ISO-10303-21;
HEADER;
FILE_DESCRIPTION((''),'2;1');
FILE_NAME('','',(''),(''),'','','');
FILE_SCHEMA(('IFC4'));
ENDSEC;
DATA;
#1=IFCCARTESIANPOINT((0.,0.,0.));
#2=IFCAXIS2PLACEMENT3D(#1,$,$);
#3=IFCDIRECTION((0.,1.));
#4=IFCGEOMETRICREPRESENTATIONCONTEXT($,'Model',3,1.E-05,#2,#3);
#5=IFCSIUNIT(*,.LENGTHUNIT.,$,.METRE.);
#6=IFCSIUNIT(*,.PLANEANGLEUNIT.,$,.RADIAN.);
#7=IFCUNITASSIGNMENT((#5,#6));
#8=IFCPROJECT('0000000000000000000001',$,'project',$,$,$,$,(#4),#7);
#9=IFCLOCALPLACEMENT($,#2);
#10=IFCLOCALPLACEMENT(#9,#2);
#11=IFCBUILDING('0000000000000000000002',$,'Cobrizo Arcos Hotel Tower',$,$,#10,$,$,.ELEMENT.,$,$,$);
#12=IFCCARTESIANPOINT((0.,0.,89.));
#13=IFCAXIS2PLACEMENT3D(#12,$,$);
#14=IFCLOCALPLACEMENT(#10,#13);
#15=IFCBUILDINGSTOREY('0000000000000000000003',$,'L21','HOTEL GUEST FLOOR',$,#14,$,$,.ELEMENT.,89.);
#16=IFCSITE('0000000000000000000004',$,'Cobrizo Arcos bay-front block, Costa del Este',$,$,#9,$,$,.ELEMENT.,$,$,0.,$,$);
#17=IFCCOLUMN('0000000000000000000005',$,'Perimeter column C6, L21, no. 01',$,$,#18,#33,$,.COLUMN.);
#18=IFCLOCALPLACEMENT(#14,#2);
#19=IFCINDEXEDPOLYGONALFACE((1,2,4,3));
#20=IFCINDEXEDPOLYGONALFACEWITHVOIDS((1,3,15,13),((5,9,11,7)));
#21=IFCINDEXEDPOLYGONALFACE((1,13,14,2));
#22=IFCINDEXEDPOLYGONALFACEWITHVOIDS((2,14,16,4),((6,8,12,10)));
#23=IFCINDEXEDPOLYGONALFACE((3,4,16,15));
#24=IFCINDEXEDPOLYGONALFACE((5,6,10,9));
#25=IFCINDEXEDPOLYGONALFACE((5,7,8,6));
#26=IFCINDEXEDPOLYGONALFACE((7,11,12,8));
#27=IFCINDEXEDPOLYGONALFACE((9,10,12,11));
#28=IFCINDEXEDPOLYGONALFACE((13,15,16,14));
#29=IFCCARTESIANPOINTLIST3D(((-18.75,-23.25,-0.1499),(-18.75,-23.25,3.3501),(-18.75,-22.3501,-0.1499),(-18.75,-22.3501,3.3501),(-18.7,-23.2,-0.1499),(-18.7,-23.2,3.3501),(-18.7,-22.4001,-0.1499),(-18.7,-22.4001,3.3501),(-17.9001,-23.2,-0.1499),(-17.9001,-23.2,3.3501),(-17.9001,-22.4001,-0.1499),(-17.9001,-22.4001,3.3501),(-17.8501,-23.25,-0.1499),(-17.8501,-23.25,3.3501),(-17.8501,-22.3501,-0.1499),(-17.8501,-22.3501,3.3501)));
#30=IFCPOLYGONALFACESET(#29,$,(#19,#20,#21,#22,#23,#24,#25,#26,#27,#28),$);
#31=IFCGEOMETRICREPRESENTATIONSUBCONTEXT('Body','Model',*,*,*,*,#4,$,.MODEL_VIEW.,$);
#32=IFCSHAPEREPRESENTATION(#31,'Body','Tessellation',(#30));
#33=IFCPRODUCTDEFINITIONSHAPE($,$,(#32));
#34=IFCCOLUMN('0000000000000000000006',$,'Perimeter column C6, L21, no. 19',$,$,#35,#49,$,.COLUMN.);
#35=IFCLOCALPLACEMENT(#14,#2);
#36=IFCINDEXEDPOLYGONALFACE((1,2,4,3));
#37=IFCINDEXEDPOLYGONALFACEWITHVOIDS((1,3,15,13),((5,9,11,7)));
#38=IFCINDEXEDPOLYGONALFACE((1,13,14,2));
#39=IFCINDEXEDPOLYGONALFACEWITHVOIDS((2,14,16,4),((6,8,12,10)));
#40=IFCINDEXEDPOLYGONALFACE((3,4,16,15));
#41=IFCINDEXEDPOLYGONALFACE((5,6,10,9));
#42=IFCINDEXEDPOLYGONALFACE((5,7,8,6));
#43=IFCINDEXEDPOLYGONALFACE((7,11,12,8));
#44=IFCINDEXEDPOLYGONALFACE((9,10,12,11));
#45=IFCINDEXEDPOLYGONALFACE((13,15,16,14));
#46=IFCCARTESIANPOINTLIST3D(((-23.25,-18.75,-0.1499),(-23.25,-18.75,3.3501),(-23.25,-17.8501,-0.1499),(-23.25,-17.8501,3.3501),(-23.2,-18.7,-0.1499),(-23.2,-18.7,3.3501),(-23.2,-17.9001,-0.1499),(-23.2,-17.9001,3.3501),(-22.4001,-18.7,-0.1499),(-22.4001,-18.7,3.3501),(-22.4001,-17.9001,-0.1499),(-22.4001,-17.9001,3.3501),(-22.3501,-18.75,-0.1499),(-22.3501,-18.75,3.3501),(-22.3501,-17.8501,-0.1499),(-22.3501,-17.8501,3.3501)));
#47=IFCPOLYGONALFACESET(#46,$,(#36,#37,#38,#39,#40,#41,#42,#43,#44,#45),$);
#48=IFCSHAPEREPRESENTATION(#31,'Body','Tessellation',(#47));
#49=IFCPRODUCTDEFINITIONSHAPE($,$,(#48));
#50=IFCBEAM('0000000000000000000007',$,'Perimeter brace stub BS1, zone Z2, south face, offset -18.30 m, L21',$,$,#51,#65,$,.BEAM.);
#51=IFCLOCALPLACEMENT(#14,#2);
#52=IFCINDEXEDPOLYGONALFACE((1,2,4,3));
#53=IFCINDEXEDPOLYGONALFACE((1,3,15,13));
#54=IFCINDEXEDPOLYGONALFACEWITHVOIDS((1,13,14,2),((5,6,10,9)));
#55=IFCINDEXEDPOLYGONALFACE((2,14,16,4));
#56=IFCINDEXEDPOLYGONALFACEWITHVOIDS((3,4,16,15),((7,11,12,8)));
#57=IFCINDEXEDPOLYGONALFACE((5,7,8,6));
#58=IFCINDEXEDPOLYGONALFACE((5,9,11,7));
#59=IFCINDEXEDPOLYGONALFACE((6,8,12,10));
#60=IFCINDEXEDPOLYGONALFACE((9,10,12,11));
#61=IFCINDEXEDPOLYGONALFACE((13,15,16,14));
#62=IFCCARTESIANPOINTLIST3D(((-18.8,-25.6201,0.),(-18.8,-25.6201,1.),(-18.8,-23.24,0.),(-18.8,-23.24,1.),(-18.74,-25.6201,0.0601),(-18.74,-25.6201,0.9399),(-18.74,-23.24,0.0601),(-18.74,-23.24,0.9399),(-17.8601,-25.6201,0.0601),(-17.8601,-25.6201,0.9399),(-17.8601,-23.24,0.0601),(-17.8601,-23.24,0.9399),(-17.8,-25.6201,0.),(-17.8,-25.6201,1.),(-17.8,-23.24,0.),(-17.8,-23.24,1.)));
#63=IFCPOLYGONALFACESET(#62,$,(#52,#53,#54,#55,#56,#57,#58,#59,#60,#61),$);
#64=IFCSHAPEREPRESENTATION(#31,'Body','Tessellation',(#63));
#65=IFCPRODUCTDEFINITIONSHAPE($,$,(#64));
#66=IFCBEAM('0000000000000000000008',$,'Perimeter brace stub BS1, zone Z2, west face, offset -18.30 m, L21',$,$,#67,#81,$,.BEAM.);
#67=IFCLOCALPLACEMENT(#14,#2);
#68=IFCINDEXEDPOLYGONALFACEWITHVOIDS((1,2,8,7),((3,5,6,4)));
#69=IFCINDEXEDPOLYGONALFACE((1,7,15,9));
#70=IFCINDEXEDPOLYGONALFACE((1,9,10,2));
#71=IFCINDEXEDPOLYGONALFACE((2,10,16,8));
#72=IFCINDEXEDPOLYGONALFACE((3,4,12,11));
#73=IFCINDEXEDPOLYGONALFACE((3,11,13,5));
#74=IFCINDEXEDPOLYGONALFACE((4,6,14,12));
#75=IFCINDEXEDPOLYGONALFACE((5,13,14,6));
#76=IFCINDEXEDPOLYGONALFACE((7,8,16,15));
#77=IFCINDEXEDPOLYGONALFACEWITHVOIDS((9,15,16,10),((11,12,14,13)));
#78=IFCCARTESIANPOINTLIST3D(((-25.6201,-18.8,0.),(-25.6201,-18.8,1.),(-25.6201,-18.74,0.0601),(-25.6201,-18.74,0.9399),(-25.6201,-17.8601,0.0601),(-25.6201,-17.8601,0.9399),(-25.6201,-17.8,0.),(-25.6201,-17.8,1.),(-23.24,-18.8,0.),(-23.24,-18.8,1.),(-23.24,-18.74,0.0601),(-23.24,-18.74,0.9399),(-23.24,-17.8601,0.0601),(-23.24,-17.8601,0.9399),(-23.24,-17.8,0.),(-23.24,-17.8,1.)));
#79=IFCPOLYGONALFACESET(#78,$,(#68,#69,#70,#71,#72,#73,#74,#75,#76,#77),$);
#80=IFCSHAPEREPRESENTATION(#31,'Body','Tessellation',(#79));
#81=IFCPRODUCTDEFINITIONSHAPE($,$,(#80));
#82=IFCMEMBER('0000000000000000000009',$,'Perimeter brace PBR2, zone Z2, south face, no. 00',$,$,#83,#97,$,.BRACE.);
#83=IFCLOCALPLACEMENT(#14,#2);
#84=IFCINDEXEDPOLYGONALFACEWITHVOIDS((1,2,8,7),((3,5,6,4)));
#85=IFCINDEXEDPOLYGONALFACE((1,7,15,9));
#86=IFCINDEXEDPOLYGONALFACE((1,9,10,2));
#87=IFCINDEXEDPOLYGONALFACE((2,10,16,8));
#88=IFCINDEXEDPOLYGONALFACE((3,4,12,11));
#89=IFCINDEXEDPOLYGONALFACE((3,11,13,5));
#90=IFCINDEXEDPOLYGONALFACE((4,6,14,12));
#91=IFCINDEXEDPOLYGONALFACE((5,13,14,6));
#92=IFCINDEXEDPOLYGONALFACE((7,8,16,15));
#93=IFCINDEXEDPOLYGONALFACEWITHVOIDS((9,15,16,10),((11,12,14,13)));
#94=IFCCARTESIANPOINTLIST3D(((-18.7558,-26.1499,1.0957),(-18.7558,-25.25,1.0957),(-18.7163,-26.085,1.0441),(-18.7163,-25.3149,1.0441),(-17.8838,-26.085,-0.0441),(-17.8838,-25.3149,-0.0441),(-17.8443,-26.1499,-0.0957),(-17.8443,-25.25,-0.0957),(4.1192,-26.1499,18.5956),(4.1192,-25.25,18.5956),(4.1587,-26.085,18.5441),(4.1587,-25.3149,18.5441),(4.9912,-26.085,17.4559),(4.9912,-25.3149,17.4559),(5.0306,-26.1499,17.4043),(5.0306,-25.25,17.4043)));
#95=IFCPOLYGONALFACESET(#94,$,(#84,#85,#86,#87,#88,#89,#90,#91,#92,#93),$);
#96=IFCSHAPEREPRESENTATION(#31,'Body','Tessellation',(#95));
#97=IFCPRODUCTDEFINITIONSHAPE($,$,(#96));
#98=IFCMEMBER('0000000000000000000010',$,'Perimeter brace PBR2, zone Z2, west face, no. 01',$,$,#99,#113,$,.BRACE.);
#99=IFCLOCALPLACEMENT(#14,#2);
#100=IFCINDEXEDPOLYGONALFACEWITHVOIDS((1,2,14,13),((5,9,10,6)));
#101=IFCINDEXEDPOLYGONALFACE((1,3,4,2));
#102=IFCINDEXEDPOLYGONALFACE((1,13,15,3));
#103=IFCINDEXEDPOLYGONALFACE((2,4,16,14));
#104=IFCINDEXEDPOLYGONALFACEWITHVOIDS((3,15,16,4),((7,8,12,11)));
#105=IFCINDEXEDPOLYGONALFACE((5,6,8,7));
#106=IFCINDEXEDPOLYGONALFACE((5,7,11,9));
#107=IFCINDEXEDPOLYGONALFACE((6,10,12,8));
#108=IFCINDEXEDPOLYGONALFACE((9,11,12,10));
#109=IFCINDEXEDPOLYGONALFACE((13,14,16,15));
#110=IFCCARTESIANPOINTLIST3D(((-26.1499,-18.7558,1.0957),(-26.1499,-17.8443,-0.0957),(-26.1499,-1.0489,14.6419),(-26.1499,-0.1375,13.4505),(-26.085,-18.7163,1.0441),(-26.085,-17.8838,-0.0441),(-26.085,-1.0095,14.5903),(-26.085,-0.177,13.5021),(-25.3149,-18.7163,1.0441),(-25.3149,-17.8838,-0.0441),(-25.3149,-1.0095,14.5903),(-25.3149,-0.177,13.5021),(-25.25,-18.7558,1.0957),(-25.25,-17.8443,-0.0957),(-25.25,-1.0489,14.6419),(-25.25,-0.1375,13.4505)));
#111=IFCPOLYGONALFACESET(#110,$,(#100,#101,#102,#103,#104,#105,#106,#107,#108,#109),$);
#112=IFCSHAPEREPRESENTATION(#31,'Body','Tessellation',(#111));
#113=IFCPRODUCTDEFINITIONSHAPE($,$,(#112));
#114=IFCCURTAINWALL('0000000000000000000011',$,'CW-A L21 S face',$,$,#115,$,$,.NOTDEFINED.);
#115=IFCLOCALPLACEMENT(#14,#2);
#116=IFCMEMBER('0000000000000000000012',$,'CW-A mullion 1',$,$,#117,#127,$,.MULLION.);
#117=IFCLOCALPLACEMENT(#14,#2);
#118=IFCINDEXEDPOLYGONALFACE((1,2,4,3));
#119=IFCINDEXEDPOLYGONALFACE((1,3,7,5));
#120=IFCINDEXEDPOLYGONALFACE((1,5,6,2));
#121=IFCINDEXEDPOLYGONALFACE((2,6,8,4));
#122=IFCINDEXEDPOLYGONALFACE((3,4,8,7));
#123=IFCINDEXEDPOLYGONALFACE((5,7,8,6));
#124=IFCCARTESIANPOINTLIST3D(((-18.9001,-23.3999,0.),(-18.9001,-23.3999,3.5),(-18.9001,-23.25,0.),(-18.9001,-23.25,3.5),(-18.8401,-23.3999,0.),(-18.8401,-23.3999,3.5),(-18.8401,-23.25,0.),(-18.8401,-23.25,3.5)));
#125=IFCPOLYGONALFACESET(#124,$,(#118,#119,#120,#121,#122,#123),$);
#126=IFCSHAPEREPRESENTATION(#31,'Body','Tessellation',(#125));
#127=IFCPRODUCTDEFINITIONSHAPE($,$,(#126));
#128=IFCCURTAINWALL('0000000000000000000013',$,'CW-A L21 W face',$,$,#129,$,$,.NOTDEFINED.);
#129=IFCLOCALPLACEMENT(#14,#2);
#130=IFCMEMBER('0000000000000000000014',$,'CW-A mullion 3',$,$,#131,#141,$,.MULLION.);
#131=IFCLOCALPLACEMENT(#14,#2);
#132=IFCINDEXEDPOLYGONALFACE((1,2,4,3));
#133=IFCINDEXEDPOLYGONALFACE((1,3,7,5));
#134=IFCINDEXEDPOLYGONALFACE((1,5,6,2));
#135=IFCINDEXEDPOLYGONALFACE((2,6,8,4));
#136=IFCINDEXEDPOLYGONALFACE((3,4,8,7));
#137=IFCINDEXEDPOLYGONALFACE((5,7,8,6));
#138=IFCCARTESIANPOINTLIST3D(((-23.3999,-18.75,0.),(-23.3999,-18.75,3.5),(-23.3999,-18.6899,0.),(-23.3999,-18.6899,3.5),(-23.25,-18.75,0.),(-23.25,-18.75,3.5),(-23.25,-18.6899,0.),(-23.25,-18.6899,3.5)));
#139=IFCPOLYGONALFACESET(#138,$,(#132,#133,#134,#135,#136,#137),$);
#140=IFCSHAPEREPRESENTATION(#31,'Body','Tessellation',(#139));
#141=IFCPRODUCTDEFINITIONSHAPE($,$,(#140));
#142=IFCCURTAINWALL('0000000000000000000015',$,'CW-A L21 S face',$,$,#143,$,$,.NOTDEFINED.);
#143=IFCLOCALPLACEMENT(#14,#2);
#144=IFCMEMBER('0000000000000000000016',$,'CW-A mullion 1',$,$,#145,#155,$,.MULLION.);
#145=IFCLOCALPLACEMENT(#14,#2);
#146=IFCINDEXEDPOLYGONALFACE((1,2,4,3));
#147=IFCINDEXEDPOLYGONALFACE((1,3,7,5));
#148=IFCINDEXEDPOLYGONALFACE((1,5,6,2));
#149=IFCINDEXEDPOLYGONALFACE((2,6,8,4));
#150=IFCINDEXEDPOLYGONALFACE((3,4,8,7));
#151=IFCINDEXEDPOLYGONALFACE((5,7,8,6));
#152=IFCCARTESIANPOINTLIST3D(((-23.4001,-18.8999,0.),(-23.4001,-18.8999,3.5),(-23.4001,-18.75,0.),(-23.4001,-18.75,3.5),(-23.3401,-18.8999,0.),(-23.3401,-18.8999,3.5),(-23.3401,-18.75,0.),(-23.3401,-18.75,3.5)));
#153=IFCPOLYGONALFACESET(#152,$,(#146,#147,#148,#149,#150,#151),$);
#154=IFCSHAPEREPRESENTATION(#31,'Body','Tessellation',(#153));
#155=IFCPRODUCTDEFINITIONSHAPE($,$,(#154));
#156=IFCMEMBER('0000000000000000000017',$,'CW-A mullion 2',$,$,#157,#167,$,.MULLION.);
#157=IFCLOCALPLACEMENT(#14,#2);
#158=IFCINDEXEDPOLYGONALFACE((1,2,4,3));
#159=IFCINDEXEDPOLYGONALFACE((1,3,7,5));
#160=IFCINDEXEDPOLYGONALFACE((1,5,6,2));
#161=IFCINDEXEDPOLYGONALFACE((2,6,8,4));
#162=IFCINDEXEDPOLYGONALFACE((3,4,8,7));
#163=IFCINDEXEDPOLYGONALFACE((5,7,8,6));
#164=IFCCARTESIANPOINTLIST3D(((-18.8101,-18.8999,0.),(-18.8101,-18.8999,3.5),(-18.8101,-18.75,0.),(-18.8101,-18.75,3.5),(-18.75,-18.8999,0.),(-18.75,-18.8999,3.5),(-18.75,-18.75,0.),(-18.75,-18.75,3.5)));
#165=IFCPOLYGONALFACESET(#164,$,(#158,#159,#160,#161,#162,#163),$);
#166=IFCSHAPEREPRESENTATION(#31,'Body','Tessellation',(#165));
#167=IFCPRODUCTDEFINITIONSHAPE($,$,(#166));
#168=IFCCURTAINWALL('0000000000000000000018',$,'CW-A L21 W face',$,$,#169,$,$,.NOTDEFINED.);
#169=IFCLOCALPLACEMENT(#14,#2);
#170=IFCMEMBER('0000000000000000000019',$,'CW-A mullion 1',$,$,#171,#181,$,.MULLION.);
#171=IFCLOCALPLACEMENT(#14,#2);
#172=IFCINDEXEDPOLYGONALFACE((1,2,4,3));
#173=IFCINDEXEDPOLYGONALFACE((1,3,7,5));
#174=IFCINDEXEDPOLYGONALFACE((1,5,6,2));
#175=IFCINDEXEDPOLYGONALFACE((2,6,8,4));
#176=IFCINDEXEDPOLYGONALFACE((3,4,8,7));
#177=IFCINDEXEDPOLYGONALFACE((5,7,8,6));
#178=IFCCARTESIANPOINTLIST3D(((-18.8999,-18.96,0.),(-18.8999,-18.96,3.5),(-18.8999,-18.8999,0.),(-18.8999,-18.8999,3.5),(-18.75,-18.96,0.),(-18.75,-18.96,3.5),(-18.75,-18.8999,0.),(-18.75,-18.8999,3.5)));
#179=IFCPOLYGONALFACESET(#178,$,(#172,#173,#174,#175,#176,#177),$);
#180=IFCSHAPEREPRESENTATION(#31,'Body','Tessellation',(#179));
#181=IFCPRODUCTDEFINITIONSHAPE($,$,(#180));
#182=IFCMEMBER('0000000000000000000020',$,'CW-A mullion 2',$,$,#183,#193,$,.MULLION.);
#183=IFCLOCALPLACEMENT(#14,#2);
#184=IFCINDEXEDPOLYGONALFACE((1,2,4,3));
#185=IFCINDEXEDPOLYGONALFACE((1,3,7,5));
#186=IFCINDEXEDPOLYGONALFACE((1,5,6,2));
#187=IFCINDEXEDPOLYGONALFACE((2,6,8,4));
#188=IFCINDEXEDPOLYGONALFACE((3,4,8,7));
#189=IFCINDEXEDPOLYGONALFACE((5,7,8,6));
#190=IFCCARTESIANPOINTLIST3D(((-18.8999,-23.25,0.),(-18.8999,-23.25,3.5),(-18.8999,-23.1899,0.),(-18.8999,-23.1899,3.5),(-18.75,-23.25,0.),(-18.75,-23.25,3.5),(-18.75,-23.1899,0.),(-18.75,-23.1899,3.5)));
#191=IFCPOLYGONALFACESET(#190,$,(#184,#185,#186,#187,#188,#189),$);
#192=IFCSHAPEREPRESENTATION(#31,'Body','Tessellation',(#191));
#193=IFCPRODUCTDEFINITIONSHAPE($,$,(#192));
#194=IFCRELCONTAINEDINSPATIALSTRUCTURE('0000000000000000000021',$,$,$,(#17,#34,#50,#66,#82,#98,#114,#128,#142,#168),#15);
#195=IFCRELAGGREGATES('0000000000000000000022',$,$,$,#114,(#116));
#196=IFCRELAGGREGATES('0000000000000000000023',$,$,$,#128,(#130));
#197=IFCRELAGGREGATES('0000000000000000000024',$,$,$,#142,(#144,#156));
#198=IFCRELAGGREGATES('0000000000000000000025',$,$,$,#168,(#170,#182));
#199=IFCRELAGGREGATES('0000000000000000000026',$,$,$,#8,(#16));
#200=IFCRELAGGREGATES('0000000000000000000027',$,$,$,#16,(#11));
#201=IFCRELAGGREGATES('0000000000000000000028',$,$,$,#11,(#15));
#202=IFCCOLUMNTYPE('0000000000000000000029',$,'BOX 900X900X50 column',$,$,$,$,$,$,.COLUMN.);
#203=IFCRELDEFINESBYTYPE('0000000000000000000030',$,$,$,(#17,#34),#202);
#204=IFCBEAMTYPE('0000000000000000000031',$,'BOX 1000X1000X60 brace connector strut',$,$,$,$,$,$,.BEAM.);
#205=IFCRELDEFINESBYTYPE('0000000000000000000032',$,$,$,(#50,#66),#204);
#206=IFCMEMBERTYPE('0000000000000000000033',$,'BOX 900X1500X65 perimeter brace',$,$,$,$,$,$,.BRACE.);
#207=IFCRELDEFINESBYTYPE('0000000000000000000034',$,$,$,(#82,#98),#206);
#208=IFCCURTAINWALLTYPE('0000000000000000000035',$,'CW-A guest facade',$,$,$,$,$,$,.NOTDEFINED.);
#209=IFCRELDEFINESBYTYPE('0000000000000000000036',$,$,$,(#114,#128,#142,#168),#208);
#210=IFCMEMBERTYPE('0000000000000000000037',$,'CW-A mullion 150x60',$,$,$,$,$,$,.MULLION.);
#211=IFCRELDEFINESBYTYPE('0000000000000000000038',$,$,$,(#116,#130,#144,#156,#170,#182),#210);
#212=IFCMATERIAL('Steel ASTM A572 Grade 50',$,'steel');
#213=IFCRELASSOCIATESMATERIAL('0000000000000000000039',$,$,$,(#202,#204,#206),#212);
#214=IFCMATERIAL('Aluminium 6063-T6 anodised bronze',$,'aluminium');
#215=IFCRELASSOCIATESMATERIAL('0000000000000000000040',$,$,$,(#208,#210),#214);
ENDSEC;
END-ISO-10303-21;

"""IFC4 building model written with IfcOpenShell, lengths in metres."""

from ifc_helpers import new_model, si_unit, direction, frame, origin, origin_2d, place, context, subcontext, project, spatial, rectangle, hollow_rectangle, extrude, material, material_profile, profile_set, type_object, element, aggregate, save


model = new_model("IFC4")

# Units and contexts
model_context = context("Model", 3, precision=1e-05, world=origin(), true_north=direction((0.0, 1.0)))
body_context = subcontext(model_context, "Body", "Model", "MODEL_VIEW")
ifc_project = project(units=[si_unit("LENGTHUNIT", "METRE"), si_unit("PLANEANGLEUNIT", "RADIAN")], contexts=[model_context])

# Site, building, storey
site_placement = place(None, origin())
site = spatial("IfcSite", under=ifc_project, at=site_placement, Name="Cobrizo Arcos bay-front block, Costa del Este", CompositionType="ELEMENT", RefElevation=0.0)
building_placement = place(site_placement, origin())
building = spatial("IfcBuilding", under=site, at=building_placement, Name="Cobrizo Arcos Hotel Tower", CompositionType="ELEMENT")
storey_placement = place(building_placement, frame((0.0, 0.0, 89.0)))
storey = spatial("IfcBuildingStorey", under=building, at=storey_placement, Name="L21", Description="HOTEL GUEST FLOOR", CompositionType="ELEMENT", Elevation=89.0)

# Columns
ifc_material_1 = material(Name="Steel ASTM A572 Grade 50", Category="steel")
ifc_material_profile_1 = material_profile(ifc_material_1, hollow_rectangle(XDim=0.8999, YDim=0.8999, WallThickness=0.05, at=origin_2d()), Name="BOX 900X900X50")
ifc_profile_set_1 = profile_set([ifc_material_profile_1], Name="Steel ASTM A572 Grade 50")
column_type = type_object("IfcColumnType", Name="BOX 900X900X50 column", PredefinedType="COLUMN", material=ifc_profile_set_1)
for number, where, z_axis, x_axis, name in (
    (1, (-18.3, -22.8, -0.1499), (0.0, 0.0, 1.0), (1.0, 0.0, 0.0), "Perimeter column C6, L21, no. 01"),
    (2, (-22.8, -18.3, -0.1499), (0.0, 0.0, 1.0), (1.0, 0.0, 0.0), "Perimeter column C6, L21, no. 19"),
):
    element("IfcColumn", number, at=place(storey_placement, frame(where, z_axis=z_axis, x_axis=x_axis)), inside=storey, type_object=column_type, Name=name, PredefinedType="COLUMN", context=body_context, shape_type="SweptSolid", body=[
        extrude(hollow_rectangle(XDim=0.8999, YDim=0.8999, WallThickness=0.05, at=origin_2d()), origin(), (0.0, 0.0, 1.0), 3.5),
    ])

# Beams
ifc_material_profile_2 = material_profile(ifc_material_1, hollow_rectangle(XDim=1.0, YDim=1.0, WallThickness=0.0601, at=origin_2d()), Name="BOX 1000X1000X60")
ifc_profile_set_2 = profile_set([ifc_material_profile_2], Name="Steel ASTM A572 Grade 50")
beam_type_1 = type_object("IfcBeamType", Name="BOX 1000X1000X60 brace connector strut", PredefinedType="BEAM", material=ifc_profile_set_2)
for number, where, z_axis, x_axis, name in (
    (3, (-18.3, -23.24, 0.5), (0.0, -1.0, 0.0), (1.0, 0.0, 0.0), "Perimeter brace stub BS1, zone Z2, south face, offset -18.30 m, L21"),
    (4, (-23.24, -18.3, 0.5), (-1.0, 0.0, 0.0), (0.0, -1.0, 0.0), "Perimeter brace stub BS1, zone Z2, west face, offset -18.30 m, L21"),
):
    element("IfcBeam", number, at=place(storey_placement, frame(where, z_axis=z_axis, x_axis=x_axis)), inside=storey, type_object=beam_type_1, Name=name, PredefinedType="BEAM", context=body_context, shape_type="SweptSolid", body=[
        extrude(hollow_rectangle(XDim=1.0, YDim=1.0, WallThickness=0.0601, at=origin_2d()), origin(), (0.0, 0.0, 1.0), 2.3801),
    ])

# Members
ifc_material_profile_3 = material_profile(ifc_material_1, hollow_rectangle(XDim=0.8999, YDim=1.5, WallThickness=0.0649, at=origin_2d()), Name="BOX 900X1500X65")
ifc_profile_set_3 = profile_set([ifc_material_profile_3], Name="Steel ASTM A572 Grade 50")
member_type_1 = type_object("IfcMemberType", Name="BOX 900X1500X65 perimeter brace", PredefinedType="BRACE", material=ifc_profile_set_3)
member_1_placement = place(storey_placement, frame((-18.3, -25.7, 0.5), z_axis=(0.794235, 0.0, 0.607611), x_axis=(0.0, 1.0, 0.0)))
element("IfcMember", 5, at=member_1_placement, inside=storey, type_object=member_type_1, Name="Perimeter brace PBR2, zone Z2, south face, no. 00", PredefinedType="BRACE", context=body_context, shape_type="SweptSolid", body=[
    extrude(hollow_rectangle(XDim=0.8999, YDim=1.5, WallThickness=0.0649, at=origin_2d()), origin(), (0.0, 0.0, 1.0), 28.8013),
])
member_2_placement = place(storey_placement, frame((-25.7, -18.3, 0.5), z_axis=(0.0, 0.794235, 0.60761), x_axis=(-1.0, 0.0, 0.0)))
element("IfcMember", 6, at=member_2_placement, inside=storey, type_object=member_type_1, Name="Perimeter brace PBR2, zone Z2, west face, no. 01", PredefinedType="BRACE", context=body_context, shape_type="SweptSolid", body=[
    extrude(hollow_rectangle(XDim=0.8999, YDim=1.5, WallThickness=0.0649, at=origin_2d()), origin(), (0.0, 0.0, 1.0), 22.2942),
])

# Curtain walls, members
ifc_material_2 = material(Name="Aluminium 6063-T6 anodised bronze", Category="aluminium")
curtain_wall_type = type_object("IfcCurtainWallType", Name="CW-A guest facade", PredefinedType="NOTDEFINED", material=ifc_material_2)
curtain_wall_1_placement = place(storey_placement, origin())
curtain_wall_1 = element("IfcCurtainWall", 7, at=curtain_wall_1_placement, inside=storey, type_object=curtain_wall_type, Name="CW-A L21 S face", PredefinedType="NOTDEFINED")
ifc_material_profile_4 = material_profile(ifc_material_2, rectangle(XDim=0.1499, YDim=0.0601, at=origin_2d()), Name="CW-A mullion 150x60")
ifc_profile_set_4 = profile_set([ifc_material_profile_4], Name="Aluminium 6063-T6 anodised bronze")
member_type_2 = type_object("IfcMemberType", Name="CW-A mullion 150x60", PredefinedType="MULLION", material=ifc_profile_set_4)
member_3_placement = place(storey_placement, frame((-18.8701, -23.325, 0.0), z_axis=(0.0, 0.0, 1.0), x_axis=(0.0, -1.0, 0.0)))
member_3 = element("IfcMember", 8, at=member_3_placement, type_object=member_type_2, Name="CW-A mullion 1", PredefinedType="MULLION", context=body_context, shape_type="SweptSolid", body=[
    extrude(rectangle(XDim=0.1499, YDim=0.0601, at=origin_2d()), origin(), (0.0, 0.0, 1.0), 3.5),
])
aggregate(curtain_wall_1, [member_3])
curtain_wall_2_placement = place(storey_placement, origin())
curtain_wall_2 = element("IfcCurtainWall", 9, at=curtain_wall_2_placement, inside=storey, type_object=curtain_wall_type, Name="CW-A L21 W face", PredefinedType="NOTDEFINED")
member_4_placement = place(storey_placement, frame((-23.325, -18.72, 0.0), z_axis=(0.0, 0.0, 1.0), x_axis=(-1.0, 0.0, 0.0)))
member_4 = element("IfcMember", 10, at=member_4_placement, type_object=member_type_2, Name="CW-A mullion 3", PredefinedType="MULLION", context=body_context, shape_type="SweptSolid", body=[
    extrude(rectangle(XDim=0.1499, YDim=0.0601, at=origin_2d()), origin(), (0.0, 0.0, 1.0), 3.5),
])
aggregate(curtain_wall_2, [member_4])

# Curtain walls, members
curtain_wall_3_placement = place(storey_placement, origin())
curtain_wall_3 = element("IfcCurtainWall", 11, at=curtain_wall_3_placement, inside=storey, type_object=curtain_wall_type, Name="CW-A L21 S face", PredefinedType="NOTDEFINED")
member_5_placement = place(storey_placement, frame((-23.3701, -18.825, 0.0), z_axis=(0.0, 0.0, 1.0), x_axis=(0.0, -1.0, 0.0)))
member_5 = element("IfcMember", 12, at=member_5_placement, type_object=member_type_2, Name="CW-A mullion 1", PredefinedType="MULLION", context=body_context, shape_type="SweptSolid", body=[
    extrude(rectangle(XDim=0.1499, YDim=0.0601, at=origin_2d()), origin(), (0.0, 0.0, 1.0), 3.5),
])
member_6_placement = place(storey_placement, frame((-18.78, -18.825, 0.0), z_axis=(0.0, 0.0, 1.0), x_axis=(0.0, -1.0, 0.0)))
member_6 = element("IfcMember", 13, at=member_6_placement, type_object=member_type_2, Name="CW-A mullion 2", PredefinedType="MULLION", context=body_context, shape_type="SweptSolid", body=[
    extrude(rectangle(XDim=0.1499, YDim=0.0601, at=origin_2d()), origin(), (0.0, 0.0, 1.0), 3.5),
])
curtain_wall_4_placement = place(storey_placement, origin())
curtain_wall_4 = element("IfcCurtainWall", 14, at=curtain_wall_4_placement, inside=storey, type_object=curtain_wall_type, Name="CW-A L21 W face", PredefinedType="NOTDEFINED")
member_7_placement = place(storey_placement, frame((-18.825, -18.9299, 0.0), z_axis=(0.0, 0.0, 1.0), x_axis=(-1.0, 0.0, 0.0)))
member_7 = element("IfcMember", 15, at=member_7_placement, type_object=member_type_2, Name="CW-A mullion 1", PredefinedType="MULLION", context=body_context, shape_type="SweptSolid", body=[
    extrude(rectangle(XDim=0.1499, YDim=0.0601, at=origin_2d()), origin(), (0.0, 0.0, 1.0), 3.5),
])
member_8_placement = place(storey_placement, frame((-18.825, -23.22, 0.0), z_axis=(0.0, 0.0, 1.0), x_axis=(-1.0, 0.0, 0.0)))
member_8 = element("IfcMember", 16, at=member_8_placement, type_object=member_type_2, Name="CW-A mullion 2", PredefinedType="MULLION", context=body_context, shape_type="SweptSolid", body=[
    extrude(rectangle(XDim=0.1499, YDim=0.0601, at=origin_2d()), origin(), (0.0, 0.0, 1.0), 3.5),
])

aggregate(curtain_wall_3, [member_5, member_6])
aggregate(curtain_wall_4, [member_7, member_8])

save(model, "model.ifc")
